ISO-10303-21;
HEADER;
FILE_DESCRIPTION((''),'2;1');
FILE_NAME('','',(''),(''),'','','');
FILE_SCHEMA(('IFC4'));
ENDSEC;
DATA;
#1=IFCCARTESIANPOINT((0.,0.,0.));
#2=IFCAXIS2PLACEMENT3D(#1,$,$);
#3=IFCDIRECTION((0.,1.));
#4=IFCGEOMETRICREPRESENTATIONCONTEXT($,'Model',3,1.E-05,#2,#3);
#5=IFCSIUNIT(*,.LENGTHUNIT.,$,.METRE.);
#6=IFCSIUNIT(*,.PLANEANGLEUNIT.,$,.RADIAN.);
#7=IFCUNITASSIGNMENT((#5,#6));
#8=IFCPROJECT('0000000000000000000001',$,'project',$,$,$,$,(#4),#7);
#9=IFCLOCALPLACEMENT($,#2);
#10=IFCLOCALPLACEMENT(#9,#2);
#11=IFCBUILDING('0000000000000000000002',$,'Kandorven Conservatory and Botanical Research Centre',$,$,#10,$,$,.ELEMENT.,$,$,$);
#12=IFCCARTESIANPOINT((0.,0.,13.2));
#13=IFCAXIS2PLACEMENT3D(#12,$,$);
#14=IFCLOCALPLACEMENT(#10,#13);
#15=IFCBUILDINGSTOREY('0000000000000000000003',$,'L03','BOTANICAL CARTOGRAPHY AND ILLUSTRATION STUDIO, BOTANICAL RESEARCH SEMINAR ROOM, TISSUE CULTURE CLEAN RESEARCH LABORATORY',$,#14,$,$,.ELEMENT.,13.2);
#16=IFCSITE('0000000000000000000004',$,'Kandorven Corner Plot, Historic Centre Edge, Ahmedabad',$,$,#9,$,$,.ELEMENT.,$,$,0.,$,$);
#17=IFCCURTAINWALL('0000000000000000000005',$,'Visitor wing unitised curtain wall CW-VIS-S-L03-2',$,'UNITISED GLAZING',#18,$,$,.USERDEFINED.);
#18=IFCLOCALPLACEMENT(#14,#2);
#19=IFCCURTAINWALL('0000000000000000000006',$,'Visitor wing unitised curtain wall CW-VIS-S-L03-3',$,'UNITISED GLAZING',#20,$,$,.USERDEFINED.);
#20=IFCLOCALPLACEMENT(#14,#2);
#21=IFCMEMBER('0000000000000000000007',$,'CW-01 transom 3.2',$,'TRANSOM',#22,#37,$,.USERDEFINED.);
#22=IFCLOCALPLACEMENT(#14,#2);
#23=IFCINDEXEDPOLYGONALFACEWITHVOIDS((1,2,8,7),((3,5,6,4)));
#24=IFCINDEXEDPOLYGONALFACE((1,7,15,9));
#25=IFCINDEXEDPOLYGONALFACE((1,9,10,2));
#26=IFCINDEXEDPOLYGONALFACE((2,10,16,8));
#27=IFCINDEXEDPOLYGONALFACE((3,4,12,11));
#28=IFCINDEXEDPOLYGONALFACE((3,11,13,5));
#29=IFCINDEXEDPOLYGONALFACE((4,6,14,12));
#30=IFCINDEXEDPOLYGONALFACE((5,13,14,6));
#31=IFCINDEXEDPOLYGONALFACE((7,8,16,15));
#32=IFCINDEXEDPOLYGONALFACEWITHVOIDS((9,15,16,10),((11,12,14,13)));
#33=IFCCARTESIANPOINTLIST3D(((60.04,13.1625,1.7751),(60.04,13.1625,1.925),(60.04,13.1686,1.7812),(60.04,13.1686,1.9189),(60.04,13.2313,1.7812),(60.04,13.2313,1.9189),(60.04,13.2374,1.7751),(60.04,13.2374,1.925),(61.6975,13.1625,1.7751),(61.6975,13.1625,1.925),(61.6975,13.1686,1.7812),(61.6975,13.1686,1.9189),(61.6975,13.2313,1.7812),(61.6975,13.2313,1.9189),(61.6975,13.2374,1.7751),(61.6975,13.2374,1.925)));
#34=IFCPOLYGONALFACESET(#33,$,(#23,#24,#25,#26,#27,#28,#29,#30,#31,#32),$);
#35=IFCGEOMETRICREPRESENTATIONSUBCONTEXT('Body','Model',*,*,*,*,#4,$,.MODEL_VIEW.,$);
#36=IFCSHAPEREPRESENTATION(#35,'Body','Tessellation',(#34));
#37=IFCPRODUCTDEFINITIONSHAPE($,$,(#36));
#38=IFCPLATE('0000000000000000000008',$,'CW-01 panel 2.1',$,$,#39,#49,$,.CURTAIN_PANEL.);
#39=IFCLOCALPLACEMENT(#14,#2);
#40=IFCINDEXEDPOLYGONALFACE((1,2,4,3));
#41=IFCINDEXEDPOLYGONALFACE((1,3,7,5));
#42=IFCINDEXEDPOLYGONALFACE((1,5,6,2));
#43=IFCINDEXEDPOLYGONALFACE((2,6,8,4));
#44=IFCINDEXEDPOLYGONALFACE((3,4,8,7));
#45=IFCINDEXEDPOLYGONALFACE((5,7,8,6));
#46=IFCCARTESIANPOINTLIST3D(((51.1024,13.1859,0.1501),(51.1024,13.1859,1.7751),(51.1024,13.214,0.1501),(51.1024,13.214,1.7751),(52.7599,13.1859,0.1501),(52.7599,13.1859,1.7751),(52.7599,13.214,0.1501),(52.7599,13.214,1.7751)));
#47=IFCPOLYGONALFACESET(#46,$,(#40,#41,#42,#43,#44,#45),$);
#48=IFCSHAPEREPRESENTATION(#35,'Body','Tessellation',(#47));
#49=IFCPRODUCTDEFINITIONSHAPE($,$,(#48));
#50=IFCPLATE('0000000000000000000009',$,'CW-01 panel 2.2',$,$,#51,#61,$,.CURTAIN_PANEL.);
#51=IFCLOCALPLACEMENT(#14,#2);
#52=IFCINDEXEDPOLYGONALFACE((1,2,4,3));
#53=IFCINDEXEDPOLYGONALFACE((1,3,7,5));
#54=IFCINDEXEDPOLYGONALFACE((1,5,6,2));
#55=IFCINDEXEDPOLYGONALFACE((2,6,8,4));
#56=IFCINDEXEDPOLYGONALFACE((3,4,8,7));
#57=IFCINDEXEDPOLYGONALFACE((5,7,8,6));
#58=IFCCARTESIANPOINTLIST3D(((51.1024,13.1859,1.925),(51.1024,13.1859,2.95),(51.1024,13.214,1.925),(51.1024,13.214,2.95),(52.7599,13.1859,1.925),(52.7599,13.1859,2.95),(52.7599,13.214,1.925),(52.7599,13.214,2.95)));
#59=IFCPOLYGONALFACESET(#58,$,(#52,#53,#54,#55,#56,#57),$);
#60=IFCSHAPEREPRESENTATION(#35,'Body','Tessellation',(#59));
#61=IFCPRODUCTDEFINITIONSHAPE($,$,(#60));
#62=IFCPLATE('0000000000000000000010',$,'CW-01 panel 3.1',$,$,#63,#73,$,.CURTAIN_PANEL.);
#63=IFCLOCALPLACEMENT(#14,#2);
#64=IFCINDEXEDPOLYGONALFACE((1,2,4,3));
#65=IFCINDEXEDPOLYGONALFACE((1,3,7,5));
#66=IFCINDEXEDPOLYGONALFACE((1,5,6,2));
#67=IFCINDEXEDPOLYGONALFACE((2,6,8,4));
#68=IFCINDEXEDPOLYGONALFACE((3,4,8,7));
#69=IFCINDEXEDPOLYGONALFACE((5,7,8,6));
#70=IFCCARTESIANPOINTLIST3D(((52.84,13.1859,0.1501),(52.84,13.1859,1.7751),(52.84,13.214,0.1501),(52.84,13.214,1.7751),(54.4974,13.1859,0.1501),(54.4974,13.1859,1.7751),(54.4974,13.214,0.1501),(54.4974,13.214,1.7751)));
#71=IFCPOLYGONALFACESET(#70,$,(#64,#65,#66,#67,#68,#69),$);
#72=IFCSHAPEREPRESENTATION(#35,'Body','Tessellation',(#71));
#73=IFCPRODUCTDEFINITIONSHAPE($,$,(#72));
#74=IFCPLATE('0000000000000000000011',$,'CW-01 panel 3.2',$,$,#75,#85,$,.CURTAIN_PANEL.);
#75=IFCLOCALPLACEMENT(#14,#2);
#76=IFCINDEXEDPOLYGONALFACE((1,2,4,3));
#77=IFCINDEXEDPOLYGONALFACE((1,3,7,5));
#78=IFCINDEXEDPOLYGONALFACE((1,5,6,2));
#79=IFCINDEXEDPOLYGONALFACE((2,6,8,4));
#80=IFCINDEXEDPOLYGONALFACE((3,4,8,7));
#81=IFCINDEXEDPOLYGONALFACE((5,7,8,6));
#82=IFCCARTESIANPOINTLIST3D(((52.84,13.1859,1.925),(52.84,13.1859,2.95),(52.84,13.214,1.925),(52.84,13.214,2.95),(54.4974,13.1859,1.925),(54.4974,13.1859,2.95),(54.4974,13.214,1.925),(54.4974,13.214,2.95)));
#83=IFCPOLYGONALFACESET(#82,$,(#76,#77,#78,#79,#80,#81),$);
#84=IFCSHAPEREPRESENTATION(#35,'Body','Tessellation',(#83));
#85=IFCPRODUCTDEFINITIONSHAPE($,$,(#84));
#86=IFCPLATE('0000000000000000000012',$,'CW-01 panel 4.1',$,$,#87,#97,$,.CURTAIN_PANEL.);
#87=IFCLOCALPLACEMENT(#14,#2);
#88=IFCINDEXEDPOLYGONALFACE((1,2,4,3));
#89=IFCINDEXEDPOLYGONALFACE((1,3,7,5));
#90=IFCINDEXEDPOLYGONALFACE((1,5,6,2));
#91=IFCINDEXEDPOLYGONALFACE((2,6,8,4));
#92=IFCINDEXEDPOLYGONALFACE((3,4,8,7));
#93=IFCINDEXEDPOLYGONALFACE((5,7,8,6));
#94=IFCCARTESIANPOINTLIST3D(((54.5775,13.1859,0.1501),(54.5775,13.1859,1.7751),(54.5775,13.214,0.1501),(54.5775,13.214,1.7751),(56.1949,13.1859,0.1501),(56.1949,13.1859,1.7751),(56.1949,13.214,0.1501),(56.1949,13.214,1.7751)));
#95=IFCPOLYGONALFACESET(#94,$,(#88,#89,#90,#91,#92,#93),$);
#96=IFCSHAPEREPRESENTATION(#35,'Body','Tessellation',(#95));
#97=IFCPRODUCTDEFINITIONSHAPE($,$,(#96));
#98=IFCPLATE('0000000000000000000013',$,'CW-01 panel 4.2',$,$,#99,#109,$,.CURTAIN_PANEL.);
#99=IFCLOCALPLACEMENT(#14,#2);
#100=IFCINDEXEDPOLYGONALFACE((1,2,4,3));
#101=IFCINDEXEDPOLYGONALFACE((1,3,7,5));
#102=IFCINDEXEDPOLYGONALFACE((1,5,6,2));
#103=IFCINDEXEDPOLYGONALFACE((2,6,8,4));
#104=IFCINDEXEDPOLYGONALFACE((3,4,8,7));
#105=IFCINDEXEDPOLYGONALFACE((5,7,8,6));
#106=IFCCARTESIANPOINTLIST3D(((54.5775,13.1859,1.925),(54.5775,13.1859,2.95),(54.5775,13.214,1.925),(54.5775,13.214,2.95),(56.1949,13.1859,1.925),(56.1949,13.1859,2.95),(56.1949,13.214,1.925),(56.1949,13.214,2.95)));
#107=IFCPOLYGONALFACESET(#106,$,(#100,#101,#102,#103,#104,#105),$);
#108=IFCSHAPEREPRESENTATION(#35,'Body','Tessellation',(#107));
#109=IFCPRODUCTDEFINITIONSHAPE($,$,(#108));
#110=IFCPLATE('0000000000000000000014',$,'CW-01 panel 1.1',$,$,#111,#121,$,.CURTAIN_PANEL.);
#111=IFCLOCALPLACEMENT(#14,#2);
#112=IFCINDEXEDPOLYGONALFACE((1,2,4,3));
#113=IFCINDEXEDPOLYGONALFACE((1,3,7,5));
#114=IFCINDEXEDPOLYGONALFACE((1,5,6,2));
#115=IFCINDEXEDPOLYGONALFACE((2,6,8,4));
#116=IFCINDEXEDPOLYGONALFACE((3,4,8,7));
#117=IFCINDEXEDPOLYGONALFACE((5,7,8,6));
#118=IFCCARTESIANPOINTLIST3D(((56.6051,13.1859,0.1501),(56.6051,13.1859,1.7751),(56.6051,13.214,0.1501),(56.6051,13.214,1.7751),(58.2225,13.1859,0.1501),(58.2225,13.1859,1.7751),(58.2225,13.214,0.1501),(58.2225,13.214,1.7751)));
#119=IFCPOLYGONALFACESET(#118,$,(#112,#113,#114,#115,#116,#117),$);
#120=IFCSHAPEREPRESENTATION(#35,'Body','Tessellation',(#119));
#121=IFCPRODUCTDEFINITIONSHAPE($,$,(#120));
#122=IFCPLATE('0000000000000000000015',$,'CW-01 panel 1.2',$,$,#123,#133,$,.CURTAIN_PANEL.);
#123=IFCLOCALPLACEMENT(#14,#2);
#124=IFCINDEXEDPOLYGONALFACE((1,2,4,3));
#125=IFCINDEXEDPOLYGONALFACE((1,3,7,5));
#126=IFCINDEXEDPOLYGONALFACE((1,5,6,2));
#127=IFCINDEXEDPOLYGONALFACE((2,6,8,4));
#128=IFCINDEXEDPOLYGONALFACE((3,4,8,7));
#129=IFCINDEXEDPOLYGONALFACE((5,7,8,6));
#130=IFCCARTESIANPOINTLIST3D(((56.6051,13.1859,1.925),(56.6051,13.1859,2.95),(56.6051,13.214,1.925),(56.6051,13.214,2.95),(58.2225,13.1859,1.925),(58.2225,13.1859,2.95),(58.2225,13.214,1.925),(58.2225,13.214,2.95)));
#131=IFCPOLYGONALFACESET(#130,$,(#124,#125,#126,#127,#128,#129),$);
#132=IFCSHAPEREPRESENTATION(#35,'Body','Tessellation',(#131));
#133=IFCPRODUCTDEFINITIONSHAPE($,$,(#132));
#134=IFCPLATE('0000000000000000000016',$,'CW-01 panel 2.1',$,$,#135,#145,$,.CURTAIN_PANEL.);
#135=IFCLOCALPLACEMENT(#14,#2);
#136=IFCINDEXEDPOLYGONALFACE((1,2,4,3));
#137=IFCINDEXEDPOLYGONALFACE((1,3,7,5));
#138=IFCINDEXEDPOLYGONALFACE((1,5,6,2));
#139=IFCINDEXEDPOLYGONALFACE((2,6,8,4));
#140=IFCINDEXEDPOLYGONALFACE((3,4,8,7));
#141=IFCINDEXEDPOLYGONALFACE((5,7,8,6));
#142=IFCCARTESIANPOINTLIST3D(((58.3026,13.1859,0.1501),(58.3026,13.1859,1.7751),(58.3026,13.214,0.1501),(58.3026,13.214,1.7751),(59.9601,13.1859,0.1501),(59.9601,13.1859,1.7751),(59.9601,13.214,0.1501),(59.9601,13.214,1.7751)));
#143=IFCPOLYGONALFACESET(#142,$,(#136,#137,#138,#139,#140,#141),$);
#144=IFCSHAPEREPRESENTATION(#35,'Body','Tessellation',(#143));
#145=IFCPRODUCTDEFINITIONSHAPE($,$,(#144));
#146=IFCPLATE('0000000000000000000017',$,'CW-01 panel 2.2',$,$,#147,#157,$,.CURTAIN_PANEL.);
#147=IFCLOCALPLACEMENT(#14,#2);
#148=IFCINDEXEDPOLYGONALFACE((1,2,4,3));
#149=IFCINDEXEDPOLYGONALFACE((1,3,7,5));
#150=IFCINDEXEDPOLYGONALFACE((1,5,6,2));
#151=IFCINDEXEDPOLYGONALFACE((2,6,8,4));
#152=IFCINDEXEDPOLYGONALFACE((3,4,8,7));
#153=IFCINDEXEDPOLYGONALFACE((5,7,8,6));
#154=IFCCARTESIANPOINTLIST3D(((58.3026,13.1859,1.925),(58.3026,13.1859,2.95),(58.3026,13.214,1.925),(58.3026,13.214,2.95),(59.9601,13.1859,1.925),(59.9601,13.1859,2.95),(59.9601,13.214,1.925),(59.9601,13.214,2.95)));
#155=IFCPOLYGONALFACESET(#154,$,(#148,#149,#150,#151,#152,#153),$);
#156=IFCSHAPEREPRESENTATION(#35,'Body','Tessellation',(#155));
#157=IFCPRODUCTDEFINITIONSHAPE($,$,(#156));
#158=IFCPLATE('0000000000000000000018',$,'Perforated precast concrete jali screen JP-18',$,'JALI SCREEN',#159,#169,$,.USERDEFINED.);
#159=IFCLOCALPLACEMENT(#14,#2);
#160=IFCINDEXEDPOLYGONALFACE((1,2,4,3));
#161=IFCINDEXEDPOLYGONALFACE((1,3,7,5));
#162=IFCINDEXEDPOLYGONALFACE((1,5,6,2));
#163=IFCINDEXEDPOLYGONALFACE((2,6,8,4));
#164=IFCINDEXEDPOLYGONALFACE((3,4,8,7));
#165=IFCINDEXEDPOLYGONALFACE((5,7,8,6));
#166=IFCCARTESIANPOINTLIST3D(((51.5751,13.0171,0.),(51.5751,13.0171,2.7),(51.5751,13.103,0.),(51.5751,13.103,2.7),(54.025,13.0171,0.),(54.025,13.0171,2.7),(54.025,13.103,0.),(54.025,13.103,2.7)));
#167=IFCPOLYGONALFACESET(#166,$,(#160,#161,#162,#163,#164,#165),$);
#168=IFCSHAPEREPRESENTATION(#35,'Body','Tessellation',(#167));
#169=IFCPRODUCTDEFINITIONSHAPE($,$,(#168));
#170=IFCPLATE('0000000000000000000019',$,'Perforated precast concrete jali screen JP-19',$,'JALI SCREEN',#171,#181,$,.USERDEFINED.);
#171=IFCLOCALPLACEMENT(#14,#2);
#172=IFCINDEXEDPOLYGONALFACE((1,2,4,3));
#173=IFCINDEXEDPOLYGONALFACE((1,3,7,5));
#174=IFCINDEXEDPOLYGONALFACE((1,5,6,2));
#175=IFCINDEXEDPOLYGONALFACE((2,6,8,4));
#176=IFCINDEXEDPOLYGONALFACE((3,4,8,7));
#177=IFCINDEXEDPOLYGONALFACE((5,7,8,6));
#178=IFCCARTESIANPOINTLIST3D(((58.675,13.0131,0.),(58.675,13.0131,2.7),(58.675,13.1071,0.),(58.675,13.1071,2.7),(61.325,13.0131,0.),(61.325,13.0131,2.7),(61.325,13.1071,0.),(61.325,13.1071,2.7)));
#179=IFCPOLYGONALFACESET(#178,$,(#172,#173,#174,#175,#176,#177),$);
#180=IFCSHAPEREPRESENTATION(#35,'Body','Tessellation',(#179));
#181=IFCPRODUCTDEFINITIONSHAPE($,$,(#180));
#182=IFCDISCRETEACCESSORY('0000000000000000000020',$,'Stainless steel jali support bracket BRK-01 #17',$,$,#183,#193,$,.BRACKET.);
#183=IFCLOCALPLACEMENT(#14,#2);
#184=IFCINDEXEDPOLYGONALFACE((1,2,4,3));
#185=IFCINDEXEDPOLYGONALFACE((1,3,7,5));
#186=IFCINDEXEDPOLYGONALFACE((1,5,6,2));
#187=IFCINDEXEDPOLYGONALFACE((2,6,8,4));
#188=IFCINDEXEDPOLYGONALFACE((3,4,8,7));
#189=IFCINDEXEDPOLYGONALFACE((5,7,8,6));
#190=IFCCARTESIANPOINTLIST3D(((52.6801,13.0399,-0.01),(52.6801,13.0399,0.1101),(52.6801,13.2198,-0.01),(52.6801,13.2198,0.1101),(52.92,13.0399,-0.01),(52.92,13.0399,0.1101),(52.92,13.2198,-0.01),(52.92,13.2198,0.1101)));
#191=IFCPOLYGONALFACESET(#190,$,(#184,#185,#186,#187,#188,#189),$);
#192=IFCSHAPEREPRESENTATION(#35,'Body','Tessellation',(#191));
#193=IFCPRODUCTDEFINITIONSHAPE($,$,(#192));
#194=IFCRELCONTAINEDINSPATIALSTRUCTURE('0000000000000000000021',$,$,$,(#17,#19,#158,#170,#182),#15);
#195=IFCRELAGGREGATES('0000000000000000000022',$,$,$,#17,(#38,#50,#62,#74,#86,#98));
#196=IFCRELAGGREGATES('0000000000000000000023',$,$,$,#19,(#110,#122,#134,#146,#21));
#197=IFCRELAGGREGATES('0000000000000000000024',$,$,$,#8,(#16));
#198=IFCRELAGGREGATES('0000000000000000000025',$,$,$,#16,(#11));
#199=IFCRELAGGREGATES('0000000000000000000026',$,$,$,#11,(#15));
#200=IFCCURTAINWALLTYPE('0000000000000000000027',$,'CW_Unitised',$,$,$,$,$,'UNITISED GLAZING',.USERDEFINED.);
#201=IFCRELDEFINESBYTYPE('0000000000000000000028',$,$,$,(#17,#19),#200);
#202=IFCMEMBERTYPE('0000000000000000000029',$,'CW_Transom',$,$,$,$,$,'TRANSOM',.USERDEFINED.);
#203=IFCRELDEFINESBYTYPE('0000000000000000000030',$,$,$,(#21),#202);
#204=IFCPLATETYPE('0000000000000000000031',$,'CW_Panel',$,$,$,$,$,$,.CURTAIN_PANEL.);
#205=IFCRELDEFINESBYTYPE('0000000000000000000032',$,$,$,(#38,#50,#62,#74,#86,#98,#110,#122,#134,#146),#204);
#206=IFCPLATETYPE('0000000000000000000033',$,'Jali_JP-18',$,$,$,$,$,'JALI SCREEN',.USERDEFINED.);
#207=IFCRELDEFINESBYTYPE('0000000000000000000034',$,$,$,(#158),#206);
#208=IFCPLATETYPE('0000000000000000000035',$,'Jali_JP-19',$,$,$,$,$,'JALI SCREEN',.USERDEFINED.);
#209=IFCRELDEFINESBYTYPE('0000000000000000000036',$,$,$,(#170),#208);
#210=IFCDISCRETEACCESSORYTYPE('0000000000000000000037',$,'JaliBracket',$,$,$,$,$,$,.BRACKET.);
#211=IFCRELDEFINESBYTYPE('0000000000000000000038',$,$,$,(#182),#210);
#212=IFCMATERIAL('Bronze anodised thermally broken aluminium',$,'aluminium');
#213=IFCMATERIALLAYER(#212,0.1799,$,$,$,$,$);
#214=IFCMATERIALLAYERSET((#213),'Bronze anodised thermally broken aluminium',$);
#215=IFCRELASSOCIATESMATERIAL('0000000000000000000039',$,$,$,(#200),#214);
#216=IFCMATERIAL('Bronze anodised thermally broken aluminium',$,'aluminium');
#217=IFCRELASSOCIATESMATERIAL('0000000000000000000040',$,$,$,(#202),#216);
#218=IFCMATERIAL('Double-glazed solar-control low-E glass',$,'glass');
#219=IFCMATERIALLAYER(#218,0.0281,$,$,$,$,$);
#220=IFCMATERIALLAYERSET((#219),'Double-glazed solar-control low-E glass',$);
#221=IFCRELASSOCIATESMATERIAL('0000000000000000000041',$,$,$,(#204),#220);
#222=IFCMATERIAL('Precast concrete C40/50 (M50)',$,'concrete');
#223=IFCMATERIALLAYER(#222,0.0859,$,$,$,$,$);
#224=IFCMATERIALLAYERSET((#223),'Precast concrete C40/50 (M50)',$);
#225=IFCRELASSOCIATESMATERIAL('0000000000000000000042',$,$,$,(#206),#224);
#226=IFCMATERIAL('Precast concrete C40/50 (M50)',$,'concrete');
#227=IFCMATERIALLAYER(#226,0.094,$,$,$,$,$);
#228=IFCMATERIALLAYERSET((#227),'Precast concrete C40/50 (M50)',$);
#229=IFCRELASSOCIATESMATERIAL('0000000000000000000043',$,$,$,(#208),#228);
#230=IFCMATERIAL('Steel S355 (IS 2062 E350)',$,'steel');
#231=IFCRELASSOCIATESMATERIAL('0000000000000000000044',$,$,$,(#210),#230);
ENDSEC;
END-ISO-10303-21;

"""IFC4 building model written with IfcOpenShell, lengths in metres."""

from ifc_helpers import new_model, si_unit, direction, frame, origin, origin_2d, place, context, subcontext, project, spatial, rectangle, hollow_rectangle, extrude, material, layer, layer_set, material_profile, profile_set, type_object, element, aggregate, save


model = new_model("IFC4")

# Units and contexts
model_context = context("Model", 3, precision=1e-05, world=origin(), true_north=direction((0.0, 1.0)))
body_context = subcontext(model_context, "Body", "Model", "MODEL_VIEW")
ifc_project = project(units=[si_unit("LENGTHUNIT", "METRE"), si_unit("PLANEANGLEUNIT", "RADIAN")], contexts=[model_context])

# Site, building, storey
site_placement = place(None, origin())
site = spatial("IfcSite", under=ifc_project, at=site_placement, Name="Kandorven Corner Plot, Historic Centre Edge, Ahmedabad", CompositionType="ELEMENT", RefElevation=0.0)
building_placement = place(site_placement, origin())
building = spatial("IfcBuilding", under=site, at=building_placement, Name="Kandorven Conservatory and Botanical Research Centre", CompositionType="ELEMENT")
storey_placement = place(building_placement, frame((0.0, 0.0, 13.2)))
storey = spatial("IfcBuildingStorey", under=building, at=storey_placement, Name="L03", Description="BOTANICAL CARTOGRAPHY AND ILLUSTRATION STUDIO, BOTANICAL RESEARCH SEMINAR ROOM, TISSUE CULTURE CLEAN RESEARCH LABORATORY", CompositionType="ELEMENT", Elevation=13.2)

# Curtain walls
ifc_material_1 = material(Name="Bronze anodised thermally broken aluminium", Category="aluminium")
ifc_layer_1 = layer(ifc_material_1, 0.1799)
ifc_layer_set_1 = layer_set([ifc_layer_1], Name="Bronze anodised thermally broken aluminium")
curtain_wall_type = type_object("IfcCurtainWallType", Name="CW_Unitised", ElementType="UNITISED GLAZING", PredefinedType="USERDEFINED", material=ifc_layer_set_1)
curtain_wall_1_placement = place(storey_placement, origin())
curtain_wall_1 = element("IfcCurtainWall", 1, at=curtain_wall_1_placement, inside=storey, type_object=curtain_wall_type, Name="Visitor wing unitised curtain wall CW-VIS-S-L03-2", ObjectType="UNITISED GLAZING", PredefinedType="USERDEFINED")
curtain_wall_2_placement = place(storey_placement, origin())
curtain_wall_2 = element("IfcCurtainWall", 2, at=curtain_wall_2_placement, inside=storey, type_object=curtain_wall_type, Name="Visitor wing unitised curtain wall CW-VIS-S-L03-3", ObjectType="UNITISED GLAZING", PredefinedType="USERDEFINED")

# Member
ifc_material_2 = material(Name="Bronze anodised thermally broken aluminium", Category="aluminium")
ifc_material_profile_1 = material_profile(ifc_material_2, hollow_rectangle(XDim=0.075, YDim=0.1499, WallThickness=0.0061, at=origin_2d()))
ifc_profile_set_1 = profile_set([ifc_material_profile_1], Name="Bronze anodised thermally broken aluminium")
member_type_1 = type_object("IfcMemberType", Name="CW_Transom", ElementType="TRANSOM", PredefinedType="USERDEFINED", material=ifc_profile_set_1)
member_1_placement = place(storey_placement, frame((60.04, 13.2, 1.8501), z_axis=(1.0, 0.0, 0.0), x_axis=(0.0, 1.0, 0.0)))
member_1 = element("IfcMember", 3, at=member_1_placement, type_object=member_type_1, Name="CW-01 transom 3.2", ObjectType="TRANSOM", PredefinedType="USERDEFINED", context=body_context, shape_type="SweptSolid", body=[
    extrude(hollow_rectangle(XDim=0.075, YDim=0.1499, WallThickness=0.0061, at=origin_2d()), origin(), (0.0, 0.0, 1.0), 1.6575),
])

# Plates
ifc_material_3 = material(Name="Double-glazed solar-control low-E glass", Category="glass")
ifc_layer_2 = layer(ifc_material_3, 0.0281)
ifc_layer_set_2 = layer_set([ifc_layer_2], Name="Double-glazed solar-control low-E glass")
plate_type_1 = type_object("IfcPlateType", Name="CW_Panel", PredefinedType="CURTAIN_PANEL", material=ifc_layer_set_2)
plate_1_placement = place(storey_placement, frame((51.9312, 13.2, 0.1501), z_axis=(0.0, 0.0, 1.0), x_axis=(1.0, 0.0, 0.0)))
plate_1 = element("IfcPlate", 4, at=plate_1_placement, type_object=plate_type_1, Name="CW-01 panel 2.1", PredefinedType="CURTAIN_PANEL", context=body_context, shape_type="SweptSolid", body=[
    extrude(rectangle(XDim=1.6575, YDim=0.0281, at=origin_2d()), origin(), (0.0, 0.0, 1.0), 1.625),
])
plate_2_placement = place(storey_placement, frame((51.9312, 13.2, 1.925), z_axis=(0.0, 0.0, 1.0), x_axis=(1.0, 0.0, 0.0)))
plate_2 = element("IfcPlate", 5, at=plate_2_placement, type_object=plate_type_1, Name="CW-01 panel 2.2", PredefinedType="CURTAIN_PANEL", context=body_context, shape_type="SweptSolid", body=[
    extrude(rectangle(XDim=1.6575, YDim=0.0281, at=origin_2d()), origin(), (0.0, 0.0, 1.0), 1.0249),
])
plate_3_placement = place(storey_placement, frame((53.6687, 13.2, 0.1501), z_axis=(0.0, 0.0, 1.0), x_axis=(1.0, 0.0, 0.0)))
plate_3 = element("IfcPlate", 6, at=plate_3_placement, type_object=plate_type_1, Name="CW-01 panel 3.1", PredefinedType="CURTAIN_PANEL", context=body_context, shape_type="SweptSolid", body=[
    extrude(rectangle(XDim=1.6575, YDim=0.0281, at=origin_2d()), origin(), (0.0, 0.0, 1.0), 1.625),
])
plate_4_placement = place(storey_placement, frame((53.6687, 13.2, 1.925), z_axis=(0.0, 0.0, 1.0), x_axis=(1.0, 0.0, 0.0)))
plate_4 = element("IfcPlate", 7, at=plate_4_placement, type_object=plate_type_1, Name="CW-01 panel 3.2", PredefinedType="CURTAIN_PANEL", context=body_context, shape_type="SweptSolid", body=[
    extrude(rectangle(XDim=1.6575, YDim=0.0281, at=origin_2d()), origin(), (0.0, 0.0, 1.0), 1.0249),
])
plate_5_placement = place(storey_placement, frame((55.3862, 13.2, 0.1501), z_axis=(0.0, 0.0, 1.0), x_axis=(1.0, 0.0, 0.0)))
plate_5 = element("IfcPlate", 8, at=plate_5_placement, type_object=plate_type_1, Name="CW-01 panel 4.1", PredefinedType="CURTAIN_PANEL", context=body_context, shape_type="SweptSolid", body=[
    extrude(rectangle(XDim=1.6174, YDim=0.0281, at=origin_2d()), origin(), (0.0, 0.0, 1.0), 1.625),
])
plate_6_placement = place(storey_placement, frame((55.3862, 13.2, 1.925), z_axis=(0.0, 0.0, 1.0), x_axis=(1.0, 0.0, 0.0)))
plate_6 = element("IfcPlate", 9, at=plate_6_placement, type_object=plate_type_1, Name="CW-01 panel 4.2", PredefinedType="CURTAIN_PANEL", context=body_context, shape_type="SweptSolid", body=[
    extrude(rectangle(XDim=1.6174, YDim=0.0281, at=origin_2d()), origin(), (0.0, 0.0, 1.0), 1.0249),
])
aggregate(curtain_wall_1, [plate_1, plate_2, plate_3, plate_4, plate_5, plate_6])
plate_7_placement = place(storey_placement, frame((57.4138, 13.2, 0.1501), z_axis=(0.0, 0.0, 1.0), x_axis=(1.0, 0.0, 0.0)))
plate_7 = element("IfcPlate", 10, at=plate_7_placement, type_object=plate_type_1, Name="CW-01 panel 1.1", PredefinedType="CURTAIN_PANEL", context=body_context, shape_type="SweptSolid", body=[
    extrude(rectangle(XDim=1.6174, YDim=0.0281, at=origin_2d()), origin(), (0.0, 0.0, 1.0), 1.625),
])
plate_8_placement = place(storey_placement, frame((57.4138, 13.2, 1.925), z_axis=(0.0, 0.0, 1.0), x_axis=(1.0, 0.0, 0.0)))
plate_8 = element("IfcPlate", 11, at=plate_8_placement, type_object=plate_type_1, Name="CW-01 panel 1.2", PredefinedType="CURTAIN_PANEL", context=body_context, shape_type="SweptSolid", body=[
    extrude(rectangle(XDim=1.6174, YDim=0.0281, at=origin_2d()), origin(), (0.0, 0.0, 1.0), 1.0249),
])
plate_9_placement = place(storey_placement, frame((59.1313, 13.2, 0.1501), z_axis=(0.0, 0.0, 1.0), x_axis=(1.0, 0.0, 0.0)))
plate_9 = element("IfcPlate", 12, at=plate_9_placement, type_object=plate_type_1, Name="CW-01 panel 2.1", PredefinedType="CURTAIN_PANEL", context=body_context, shape_type="SweptSolid", body=[
    extrude(rectangle(XDim=1.6575, YDim=0.0281, at=origin_2d()), origin(), (0.0, 0.0, 1.0), 1.625),
])
plate_10_placement = place(storey_placement, frame((59.1313, 13.2, 1.925), z_axis=(0.0, 0.0, 1.0), x_axis=(1.0, 0.0, 0.0)))
plate_10 = element("IfcPlate", 13, at=plate_10_placement, type_object=plate_type_1, Name="CW-01 panel 2.2", PredefinedType="CURTAIN_PANEL", context=body_context, shape_type="SweptSolid", body=[
    extrude(rectangle(XDim=1.6575, YDim=0.0281, at=origin_2d()), origin(), (0.0, 0.0, 1.0), 1.0249),
])
aggregate(curtain_wall_2, [plate_7, plate_8, plate_9, plate_10, member_1])

# Plates
ifc_material_4 = material(Name="Precast concrete C40/50 (M50)", Category="concrete")
ifc_layer_3 = layer(ifc_material_4, 0.0859)
ifc_layer_set_3 = layer_set([ifc_layer_3], Name="Precast concrete C40/50 (M50)")
plate_type_2 = type_object("IfcPlateType", Name="Jali_JP-18", ElementType="JALI SCREEN", PredefinedType="USERDEFINED", material=ifc_layer_set_3)
plate_11_placement = place(storey_placement, frame((52.8, 13.0601, 0.0), z_axis=(0.0, 0.0, 1.0), x_axis=(1.0, 0.0, 0.0)))
element("IfcPlate", 14, at=plate_11_placement, inside=storey, type_object=plate_type_2, Name="Perforated precast concrete jali screen JP-18", ObjectType="JALI SCREEN", PredefinedType="USERDEFINED", context=body_context, shape_type="SweptSolid", body=[
    extrude(rectangle(XDim=2.45, YDim=0.0859, at=origin_2d()), origin(), (0.0, 0.0, 1.0), 2.7),
])
ifc_material_5 = material(Name="Precast concrete C40/50 (M50)", Category="concrete")
ifc_layer_4 = layer(ifc_material_5, 0.094)
ifc_layer_set_4 = layer_set([ifc_layer_4], Name="Precast concrete C40/50 (M50)")
plate_type_3 = type_object("IfcPlateType", Name="Jali_JP-19", ElementType="JALI SCREEN", PredefinedType="USERDEFINED", material=ifc_layer_set_4)
plate_12_placement = place(storey_placement, frame((60.0, 13.0601, 0.0), z_axis=(0.0, 0.0, 1.0), x_axis=(1.0, 0.0, 0.0)))
element("IfcPlate", 15, at=plate_12_placement, inside=storey, type_object=plate_type_3, Name="Perforated precast concrete jali screen JP-19", ObjectType="JALI SCREEN", PredefinedType="USERDEFINED", context=body_context, shape_type="SweptSolid", body=[
    extrude(rectangle(XDim=2.6499, YDim=0.094, at=origin_2d()), origin(), (0.0, 0.0, 1.0), 2.7),
])

# Discrete accessory
ifc_material_6 = material(Name="Steel S355 (IS 2062 E350)", Category="steel")
discrete_accessory_type = type_object("IfcDiscreteAccessoryType", Name="JaliBracket", PredefinedType="BRACKET", material=ifc_material_6)
for number, where, z_axis, x_axis, name in (
    (16, (52.8, 13.1299, -0.01), (0.0, 0.0, 1.0), (1.0, 0.0, 0.0), "Stainless steel jali support bracket BRK-01 #17"),
):
    element("IfcDiscreteAccessory", number, at=place(storey_placement, frame(where, z_axis=z_axis, x_axis=x_axis)), inside=storey, type_object=discrete_accessory_type, Name=name, PredefinedType="BRACKET", context=body_context, shape_type="SweptSolid", body=[
        extrude(rectangle(XDim=0.24, YDim=0.1799, at=origin_2d()), origin(), (0.0, 0.0, 1.0), 0.1201),
    ])

save(model, "model.ifc")
